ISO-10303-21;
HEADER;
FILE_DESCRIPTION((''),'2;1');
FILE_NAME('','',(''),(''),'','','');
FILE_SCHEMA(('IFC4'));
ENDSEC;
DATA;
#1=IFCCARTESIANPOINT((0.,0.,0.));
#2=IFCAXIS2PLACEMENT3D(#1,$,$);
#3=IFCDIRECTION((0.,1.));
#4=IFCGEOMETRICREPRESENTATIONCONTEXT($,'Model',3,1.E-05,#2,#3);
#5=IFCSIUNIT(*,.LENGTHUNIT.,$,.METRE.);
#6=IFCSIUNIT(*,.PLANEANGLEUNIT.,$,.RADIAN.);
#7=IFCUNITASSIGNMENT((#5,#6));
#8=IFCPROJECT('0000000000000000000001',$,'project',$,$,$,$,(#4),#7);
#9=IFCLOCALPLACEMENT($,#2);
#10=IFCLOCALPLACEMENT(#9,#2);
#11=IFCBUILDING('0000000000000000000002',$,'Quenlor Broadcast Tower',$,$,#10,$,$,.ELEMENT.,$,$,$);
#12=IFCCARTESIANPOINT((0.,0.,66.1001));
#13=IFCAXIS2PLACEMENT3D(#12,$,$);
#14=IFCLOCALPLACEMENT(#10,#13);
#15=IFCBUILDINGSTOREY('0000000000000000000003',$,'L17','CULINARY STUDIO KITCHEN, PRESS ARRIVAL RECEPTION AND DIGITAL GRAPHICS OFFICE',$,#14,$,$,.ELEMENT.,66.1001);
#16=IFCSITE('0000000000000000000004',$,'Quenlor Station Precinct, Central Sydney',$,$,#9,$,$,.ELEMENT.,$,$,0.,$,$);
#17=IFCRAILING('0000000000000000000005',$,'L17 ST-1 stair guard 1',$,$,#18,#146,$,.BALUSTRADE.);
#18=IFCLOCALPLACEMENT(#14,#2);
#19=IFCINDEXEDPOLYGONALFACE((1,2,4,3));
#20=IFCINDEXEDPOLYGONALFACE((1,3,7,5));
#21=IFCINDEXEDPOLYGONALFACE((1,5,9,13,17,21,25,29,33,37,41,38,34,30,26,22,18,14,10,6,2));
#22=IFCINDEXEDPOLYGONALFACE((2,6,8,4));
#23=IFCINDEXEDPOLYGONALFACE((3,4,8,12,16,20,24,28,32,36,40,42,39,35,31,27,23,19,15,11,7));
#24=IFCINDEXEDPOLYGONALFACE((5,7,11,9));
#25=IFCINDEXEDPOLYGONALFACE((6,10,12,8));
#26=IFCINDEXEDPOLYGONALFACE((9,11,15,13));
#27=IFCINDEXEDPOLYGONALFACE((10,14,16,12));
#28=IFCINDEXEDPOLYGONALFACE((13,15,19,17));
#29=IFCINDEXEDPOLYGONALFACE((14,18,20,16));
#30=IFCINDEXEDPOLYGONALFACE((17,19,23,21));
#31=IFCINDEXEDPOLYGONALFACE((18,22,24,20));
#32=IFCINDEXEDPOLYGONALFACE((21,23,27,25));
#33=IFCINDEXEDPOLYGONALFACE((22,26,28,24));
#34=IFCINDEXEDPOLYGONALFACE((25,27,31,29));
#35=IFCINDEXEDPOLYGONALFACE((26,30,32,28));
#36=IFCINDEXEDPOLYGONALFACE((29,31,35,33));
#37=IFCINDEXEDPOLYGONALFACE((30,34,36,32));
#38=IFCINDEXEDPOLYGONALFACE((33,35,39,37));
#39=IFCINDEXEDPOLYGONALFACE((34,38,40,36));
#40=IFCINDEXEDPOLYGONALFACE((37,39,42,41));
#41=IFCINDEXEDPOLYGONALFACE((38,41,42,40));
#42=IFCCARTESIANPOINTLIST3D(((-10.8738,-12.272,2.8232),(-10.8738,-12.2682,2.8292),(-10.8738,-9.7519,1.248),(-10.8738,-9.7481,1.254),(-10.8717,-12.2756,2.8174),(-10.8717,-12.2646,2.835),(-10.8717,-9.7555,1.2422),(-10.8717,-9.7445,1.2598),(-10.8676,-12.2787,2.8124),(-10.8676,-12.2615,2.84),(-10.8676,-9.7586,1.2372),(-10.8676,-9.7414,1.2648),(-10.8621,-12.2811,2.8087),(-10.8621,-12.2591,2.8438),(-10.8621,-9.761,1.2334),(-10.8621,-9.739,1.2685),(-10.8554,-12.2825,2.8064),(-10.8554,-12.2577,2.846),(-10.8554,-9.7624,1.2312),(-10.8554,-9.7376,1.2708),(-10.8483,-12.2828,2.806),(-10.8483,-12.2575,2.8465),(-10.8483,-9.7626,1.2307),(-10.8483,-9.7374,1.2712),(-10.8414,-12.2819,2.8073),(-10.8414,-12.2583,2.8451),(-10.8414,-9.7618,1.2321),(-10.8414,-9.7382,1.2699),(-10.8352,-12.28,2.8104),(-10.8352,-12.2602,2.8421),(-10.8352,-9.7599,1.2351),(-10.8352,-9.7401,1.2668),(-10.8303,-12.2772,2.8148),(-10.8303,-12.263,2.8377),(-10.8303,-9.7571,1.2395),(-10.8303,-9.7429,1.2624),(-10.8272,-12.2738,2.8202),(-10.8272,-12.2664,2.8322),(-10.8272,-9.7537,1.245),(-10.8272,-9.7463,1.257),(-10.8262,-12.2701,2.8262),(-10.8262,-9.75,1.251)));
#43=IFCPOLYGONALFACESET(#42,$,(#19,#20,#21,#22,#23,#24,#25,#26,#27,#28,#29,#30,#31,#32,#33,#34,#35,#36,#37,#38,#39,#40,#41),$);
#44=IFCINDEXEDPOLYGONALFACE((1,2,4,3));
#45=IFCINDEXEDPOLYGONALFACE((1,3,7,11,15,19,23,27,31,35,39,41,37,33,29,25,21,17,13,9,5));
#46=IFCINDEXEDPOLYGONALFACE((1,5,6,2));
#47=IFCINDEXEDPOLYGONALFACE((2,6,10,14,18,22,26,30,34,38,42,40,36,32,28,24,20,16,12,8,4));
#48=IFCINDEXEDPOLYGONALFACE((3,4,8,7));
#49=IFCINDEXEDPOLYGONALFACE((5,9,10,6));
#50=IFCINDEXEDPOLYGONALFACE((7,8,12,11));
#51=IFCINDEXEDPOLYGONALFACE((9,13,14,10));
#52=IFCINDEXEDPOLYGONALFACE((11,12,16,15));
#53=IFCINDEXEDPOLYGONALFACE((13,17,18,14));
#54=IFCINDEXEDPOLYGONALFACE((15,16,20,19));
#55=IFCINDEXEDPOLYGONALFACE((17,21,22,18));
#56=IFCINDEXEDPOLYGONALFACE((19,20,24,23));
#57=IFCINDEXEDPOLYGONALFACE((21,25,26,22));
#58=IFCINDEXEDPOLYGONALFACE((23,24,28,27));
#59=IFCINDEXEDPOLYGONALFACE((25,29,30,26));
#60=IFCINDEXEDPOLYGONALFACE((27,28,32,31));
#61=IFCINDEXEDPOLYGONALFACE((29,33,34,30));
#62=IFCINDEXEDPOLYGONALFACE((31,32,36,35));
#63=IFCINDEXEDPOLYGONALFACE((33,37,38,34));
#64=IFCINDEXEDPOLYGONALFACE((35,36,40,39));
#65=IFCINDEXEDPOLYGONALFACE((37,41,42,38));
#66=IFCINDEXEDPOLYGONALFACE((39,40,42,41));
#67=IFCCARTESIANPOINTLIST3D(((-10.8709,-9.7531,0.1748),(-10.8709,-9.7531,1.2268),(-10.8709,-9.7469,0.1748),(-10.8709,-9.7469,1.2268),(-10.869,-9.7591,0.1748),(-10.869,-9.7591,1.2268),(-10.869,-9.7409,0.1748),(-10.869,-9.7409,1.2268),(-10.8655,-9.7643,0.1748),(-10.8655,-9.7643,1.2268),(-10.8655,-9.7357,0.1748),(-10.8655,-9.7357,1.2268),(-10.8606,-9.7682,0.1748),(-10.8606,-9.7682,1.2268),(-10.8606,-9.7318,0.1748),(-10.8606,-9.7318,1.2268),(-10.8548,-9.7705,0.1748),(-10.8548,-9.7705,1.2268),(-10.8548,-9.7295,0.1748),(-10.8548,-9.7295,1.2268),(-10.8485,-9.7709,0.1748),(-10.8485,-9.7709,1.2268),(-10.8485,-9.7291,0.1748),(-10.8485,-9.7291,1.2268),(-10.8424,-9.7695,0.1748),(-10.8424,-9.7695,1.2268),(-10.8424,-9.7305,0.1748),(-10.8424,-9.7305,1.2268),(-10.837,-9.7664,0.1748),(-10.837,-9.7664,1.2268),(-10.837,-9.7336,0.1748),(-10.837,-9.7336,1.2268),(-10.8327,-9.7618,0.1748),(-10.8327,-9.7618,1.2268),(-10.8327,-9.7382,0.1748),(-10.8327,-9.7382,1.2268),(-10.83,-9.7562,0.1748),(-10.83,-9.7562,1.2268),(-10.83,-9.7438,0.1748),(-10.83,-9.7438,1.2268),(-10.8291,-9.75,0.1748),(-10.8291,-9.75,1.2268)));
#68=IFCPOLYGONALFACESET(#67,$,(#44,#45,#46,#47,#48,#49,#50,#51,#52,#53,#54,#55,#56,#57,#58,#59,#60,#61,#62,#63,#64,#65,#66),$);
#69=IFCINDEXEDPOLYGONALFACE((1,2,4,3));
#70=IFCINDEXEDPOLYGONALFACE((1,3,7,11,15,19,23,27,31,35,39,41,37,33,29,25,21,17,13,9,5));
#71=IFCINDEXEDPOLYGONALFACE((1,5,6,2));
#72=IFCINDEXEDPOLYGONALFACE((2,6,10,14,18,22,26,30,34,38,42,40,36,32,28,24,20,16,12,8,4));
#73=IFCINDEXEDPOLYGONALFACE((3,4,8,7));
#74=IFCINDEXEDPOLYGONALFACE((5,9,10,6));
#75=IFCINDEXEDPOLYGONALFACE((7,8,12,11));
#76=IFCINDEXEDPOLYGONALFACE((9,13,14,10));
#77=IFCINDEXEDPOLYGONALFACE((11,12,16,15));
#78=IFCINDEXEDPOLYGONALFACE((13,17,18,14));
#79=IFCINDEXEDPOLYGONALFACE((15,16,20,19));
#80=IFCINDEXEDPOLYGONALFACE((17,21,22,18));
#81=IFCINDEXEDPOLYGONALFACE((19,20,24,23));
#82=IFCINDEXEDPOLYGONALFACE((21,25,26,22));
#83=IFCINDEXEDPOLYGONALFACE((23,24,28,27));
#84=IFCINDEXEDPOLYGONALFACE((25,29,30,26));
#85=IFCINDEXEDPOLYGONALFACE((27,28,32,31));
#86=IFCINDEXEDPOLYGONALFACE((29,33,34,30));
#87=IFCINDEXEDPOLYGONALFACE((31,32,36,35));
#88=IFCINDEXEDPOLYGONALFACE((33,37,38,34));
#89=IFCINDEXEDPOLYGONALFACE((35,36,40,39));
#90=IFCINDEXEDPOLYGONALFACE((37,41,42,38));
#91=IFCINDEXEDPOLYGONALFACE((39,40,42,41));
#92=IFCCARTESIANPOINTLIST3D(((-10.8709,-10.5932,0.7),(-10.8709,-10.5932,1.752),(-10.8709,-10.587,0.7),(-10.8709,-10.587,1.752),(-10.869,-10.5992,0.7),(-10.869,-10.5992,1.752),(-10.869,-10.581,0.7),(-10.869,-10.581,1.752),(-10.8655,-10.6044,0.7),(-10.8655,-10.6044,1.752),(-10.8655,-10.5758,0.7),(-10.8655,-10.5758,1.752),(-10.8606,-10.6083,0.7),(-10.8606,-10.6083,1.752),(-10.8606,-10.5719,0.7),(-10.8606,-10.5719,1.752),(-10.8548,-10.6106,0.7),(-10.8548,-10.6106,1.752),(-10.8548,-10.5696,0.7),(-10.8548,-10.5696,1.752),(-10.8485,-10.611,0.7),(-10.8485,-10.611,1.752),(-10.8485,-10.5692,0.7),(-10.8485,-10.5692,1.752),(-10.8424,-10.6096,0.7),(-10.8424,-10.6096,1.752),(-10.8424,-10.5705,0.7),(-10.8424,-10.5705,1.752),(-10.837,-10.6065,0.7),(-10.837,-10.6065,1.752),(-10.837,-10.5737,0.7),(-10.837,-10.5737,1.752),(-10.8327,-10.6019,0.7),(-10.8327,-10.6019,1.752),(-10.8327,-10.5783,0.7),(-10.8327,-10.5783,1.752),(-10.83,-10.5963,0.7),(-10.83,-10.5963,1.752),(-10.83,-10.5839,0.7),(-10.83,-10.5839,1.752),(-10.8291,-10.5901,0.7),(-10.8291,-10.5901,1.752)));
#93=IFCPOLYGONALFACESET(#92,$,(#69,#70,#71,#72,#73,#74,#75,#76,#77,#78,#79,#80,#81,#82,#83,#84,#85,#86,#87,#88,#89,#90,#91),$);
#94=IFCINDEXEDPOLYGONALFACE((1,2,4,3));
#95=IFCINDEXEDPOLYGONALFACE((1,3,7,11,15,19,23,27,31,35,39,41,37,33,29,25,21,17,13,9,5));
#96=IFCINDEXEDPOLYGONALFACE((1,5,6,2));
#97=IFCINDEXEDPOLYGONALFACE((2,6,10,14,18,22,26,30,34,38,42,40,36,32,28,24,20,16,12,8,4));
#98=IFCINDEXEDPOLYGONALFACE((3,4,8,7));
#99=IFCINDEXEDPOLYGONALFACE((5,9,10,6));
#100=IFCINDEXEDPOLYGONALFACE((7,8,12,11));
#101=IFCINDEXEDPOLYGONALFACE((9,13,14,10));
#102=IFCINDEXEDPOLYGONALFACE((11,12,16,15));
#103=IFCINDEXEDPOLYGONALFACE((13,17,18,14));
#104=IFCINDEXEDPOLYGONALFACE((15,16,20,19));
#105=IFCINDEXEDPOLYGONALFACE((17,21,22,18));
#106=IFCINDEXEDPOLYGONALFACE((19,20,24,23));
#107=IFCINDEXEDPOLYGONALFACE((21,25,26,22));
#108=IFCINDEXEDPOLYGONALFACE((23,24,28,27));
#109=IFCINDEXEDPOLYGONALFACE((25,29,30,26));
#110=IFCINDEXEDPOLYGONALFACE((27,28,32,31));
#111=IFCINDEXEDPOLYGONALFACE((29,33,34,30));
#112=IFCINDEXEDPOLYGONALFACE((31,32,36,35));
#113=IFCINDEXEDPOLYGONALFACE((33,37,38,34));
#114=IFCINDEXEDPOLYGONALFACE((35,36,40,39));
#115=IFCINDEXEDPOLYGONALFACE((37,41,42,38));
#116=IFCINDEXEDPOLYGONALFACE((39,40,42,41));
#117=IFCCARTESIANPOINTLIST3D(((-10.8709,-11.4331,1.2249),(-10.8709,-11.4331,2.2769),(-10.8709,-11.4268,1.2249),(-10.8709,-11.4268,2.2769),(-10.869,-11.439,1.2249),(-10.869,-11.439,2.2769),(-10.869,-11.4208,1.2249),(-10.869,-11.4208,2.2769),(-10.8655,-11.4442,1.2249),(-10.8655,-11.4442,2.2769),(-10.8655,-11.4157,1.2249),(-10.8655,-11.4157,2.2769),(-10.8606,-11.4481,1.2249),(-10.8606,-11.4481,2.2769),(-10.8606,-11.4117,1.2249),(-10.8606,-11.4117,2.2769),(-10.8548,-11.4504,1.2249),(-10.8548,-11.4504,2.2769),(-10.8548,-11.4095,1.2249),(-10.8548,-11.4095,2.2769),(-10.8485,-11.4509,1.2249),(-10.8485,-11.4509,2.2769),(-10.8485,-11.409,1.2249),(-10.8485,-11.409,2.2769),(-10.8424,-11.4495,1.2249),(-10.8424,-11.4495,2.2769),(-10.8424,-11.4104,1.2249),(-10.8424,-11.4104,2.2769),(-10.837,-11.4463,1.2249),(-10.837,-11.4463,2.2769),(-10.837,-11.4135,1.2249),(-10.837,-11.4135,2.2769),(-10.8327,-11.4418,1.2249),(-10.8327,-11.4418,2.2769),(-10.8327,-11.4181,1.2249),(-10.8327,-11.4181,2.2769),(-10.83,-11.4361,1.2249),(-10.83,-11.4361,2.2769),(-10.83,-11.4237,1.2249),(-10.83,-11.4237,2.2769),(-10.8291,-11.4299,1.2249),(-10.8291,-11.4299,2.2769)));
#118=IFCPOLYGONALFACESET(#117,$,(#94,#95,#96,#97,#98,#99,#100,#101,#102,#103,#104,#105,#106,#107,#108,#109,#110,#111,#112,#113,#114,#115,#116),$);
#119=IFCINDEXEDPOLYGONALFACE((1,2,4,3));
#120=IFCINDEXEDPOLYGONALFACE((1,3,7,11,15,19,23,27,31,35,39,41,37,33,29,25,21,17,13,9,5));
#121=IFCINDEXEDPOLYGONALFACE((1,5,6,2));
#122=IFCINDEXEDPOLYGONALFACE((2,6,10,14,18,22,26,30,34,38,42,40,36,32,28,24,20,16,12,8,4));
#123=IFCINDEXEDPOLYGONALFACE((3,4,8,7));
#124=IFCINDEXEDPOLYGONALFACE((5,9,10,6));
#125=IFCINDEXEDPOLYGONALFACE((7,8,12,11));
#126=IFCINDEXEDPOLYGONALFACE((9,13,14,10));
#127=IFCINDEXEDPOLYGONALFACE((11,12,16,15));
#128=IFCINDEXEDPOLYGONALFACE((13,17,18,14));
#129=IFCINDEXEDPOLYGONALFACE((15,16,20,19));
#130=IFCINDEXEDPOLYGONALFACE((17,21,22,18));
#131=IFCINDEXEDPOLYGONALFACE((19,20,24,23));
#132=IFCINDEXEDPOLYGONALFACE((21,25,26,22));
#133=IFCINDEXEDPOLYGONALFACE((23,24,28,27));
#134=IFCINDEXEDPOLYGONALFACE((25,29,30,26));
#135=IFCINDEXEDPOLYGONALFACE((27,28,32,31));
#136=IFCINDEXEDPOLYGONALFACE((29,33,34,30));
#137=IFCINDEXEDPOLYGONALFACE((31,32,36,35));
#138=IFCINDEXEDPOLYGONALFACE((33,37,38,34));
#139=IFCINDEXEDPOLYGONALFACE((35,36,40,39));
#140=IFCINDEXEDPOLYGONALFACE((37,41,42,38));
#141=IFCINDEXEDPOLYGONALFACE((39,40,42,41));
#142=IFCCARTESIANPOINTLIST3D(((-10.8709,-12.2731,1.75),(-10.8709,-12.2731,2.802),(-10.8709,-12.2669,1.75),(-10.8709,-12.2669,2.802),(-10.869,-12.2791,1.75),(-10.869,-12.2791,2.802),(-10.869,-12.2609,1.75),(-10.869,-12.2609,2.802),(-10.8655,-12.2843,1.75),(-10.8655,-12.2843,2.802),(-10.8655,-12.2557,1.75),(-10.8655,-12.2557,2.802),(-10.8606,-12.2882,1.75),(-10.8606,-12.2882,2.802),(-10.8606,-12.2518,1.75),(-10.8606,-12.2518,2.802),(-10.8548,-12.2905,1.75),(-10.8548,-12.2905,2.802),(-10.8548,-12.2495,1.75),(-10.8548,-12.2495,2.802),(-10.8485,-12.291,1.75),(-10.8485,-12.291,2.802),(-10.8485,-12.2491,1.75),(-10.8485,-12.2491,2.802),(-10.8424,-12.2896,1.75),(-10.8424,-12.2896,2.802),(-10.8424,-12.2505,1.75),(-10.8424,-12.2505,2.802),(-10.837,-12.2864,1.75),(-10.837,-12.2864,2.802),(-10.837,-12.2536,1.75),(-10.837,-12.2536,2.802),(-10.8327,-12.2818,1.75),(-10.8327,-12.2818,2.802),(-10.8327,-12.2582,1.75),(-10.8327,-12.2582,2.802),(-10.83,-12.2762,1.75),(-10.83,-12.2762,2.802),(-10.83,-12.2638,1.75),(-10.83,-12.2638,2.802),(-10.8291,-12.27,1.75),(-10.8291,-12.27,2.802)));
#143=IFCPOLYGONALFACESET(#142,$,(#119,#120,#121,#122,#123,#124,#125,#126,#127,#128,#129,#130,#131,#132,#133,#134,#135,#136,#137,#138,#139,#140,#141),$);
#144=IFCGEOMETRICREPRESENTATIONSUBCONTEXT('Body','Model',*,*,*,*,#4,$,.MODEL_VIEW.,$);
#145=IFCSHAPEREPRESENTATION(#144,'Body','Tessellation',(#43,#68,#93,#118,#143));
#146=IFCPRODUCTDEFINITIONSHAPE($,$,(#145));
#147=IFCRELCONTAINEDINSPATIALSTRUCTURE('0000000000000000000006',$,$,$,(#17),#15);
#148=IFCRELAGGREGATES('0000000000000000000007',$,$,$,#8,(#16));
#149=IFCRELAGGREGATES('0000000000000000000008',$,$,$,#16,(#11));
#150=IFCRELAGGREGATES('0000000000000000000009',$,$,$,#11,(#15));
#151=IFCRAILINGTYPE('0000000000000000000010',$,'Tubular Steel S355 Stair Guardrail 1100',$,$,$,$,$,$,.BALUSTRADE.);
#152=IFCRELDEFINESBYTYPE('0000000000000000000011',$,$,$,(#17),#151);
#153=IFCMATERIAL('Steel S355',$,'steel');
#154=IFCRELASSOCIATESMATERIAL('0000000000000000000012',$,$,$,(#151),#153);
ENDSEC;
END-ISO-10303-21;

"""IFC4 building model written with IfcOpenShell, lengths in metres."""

from ifc_helpers import new_model, si_unit, direction, frame, origin, origin_2d, place, context, subcontext, project, spatial, circle, extrude, material, type_object, element, save


model = new_model("IFC4")

# Units and contexts
model_context = context("Model", 3, precision=1e-05, world=origin(), true_north=direction((0.0, 1.0)))
body_context = subcontext(model_context, "Body", "Model", "MODEL_VIEW")
ifc_project = project(units=[si_unit("LENGTHUNIT", "METRE"), si_unit("PLANEANGLEUNIT", "RADIAN")], contexts=[model_context])

# Site, building, storey
site_placement = place(None, origin())
site = spatial("IfcSite", under=ifc_project, at=site_placement, Name="Quenlor Station Precinct, Central Sydney", CompositionType="ELEMENT", RefElevation=0.0)
building_placement = place(site_placement, origin())
building = spatial("IfcBuilding", under=site, at=building_placement, Name="Quenlor Broadcast Tower", CompositionType="ELEMENT")
storey_placement = place(building_placement, frame((0.0, 0.0, 66.1001)))
storey = spatial("IfcBuildingStorey", under=building, at=storey_placement, Name="L17", Description="CULINARY STUDIO KITCHEN, PRESS ARRIVAL RECEPTION AND DIGITAL GRAPHICS OFFICE", CompositionType="ELEMENT", Elevation=66.1001)

# Railing
ifc_material_1 = material(Name="Steel S355", Category="steel")
railing_type_1 = type_object("IfcRailingType", Name="Tubular Steel S355 Stair Guardrail 1100", PredefinedType="BALUSTRADE", material=ifc_material_1)
railing_1_placement = place(storey_placement, frame((-10.8501, -9.75, 0.1748)))
element("IfcRailing", 1, at=railing_1_placement, inside=storey, type_object=railing_type_1, Name="L17 ST-1 stair guard 1", PredefinedType="BALUSTRADE", context=body_context, shape_type="SweptSolid", body=[
    extrude(circle(Radius=0.0239, at=origin_2d()), frame((0.0, 0.0, 1.0762), z_axis=(0.0, -0.847971, 0.530043), x_axis=(1.0, 0.0, 0.0)), (0.0, 0.0, 1.0), 2.9719),
    extrude(circle(Radius=0.021, at=origin_2d()), origin(), (0.0, 0.0, 1.0), 1.052),
    extrude(circle(Radius=0.021, at=origin_2d()), frame((0.0, -0.8401, 0.5251)), (0.0, 0.0, 1.0), 1.052),
    extrude(circle(Radius=0.021, at=origin_2d()), frame((0.0, -1.6799, 1.05)), (0.0, 0.0, 1.0), 1.052),
    extrude(circle(Radius=0.021, at=origin_2d()), frame((0.0, -2.52, 1.5752)), (0.0, 0.0, 1.0), 1.052),
])

save(model, "model.ifc")
